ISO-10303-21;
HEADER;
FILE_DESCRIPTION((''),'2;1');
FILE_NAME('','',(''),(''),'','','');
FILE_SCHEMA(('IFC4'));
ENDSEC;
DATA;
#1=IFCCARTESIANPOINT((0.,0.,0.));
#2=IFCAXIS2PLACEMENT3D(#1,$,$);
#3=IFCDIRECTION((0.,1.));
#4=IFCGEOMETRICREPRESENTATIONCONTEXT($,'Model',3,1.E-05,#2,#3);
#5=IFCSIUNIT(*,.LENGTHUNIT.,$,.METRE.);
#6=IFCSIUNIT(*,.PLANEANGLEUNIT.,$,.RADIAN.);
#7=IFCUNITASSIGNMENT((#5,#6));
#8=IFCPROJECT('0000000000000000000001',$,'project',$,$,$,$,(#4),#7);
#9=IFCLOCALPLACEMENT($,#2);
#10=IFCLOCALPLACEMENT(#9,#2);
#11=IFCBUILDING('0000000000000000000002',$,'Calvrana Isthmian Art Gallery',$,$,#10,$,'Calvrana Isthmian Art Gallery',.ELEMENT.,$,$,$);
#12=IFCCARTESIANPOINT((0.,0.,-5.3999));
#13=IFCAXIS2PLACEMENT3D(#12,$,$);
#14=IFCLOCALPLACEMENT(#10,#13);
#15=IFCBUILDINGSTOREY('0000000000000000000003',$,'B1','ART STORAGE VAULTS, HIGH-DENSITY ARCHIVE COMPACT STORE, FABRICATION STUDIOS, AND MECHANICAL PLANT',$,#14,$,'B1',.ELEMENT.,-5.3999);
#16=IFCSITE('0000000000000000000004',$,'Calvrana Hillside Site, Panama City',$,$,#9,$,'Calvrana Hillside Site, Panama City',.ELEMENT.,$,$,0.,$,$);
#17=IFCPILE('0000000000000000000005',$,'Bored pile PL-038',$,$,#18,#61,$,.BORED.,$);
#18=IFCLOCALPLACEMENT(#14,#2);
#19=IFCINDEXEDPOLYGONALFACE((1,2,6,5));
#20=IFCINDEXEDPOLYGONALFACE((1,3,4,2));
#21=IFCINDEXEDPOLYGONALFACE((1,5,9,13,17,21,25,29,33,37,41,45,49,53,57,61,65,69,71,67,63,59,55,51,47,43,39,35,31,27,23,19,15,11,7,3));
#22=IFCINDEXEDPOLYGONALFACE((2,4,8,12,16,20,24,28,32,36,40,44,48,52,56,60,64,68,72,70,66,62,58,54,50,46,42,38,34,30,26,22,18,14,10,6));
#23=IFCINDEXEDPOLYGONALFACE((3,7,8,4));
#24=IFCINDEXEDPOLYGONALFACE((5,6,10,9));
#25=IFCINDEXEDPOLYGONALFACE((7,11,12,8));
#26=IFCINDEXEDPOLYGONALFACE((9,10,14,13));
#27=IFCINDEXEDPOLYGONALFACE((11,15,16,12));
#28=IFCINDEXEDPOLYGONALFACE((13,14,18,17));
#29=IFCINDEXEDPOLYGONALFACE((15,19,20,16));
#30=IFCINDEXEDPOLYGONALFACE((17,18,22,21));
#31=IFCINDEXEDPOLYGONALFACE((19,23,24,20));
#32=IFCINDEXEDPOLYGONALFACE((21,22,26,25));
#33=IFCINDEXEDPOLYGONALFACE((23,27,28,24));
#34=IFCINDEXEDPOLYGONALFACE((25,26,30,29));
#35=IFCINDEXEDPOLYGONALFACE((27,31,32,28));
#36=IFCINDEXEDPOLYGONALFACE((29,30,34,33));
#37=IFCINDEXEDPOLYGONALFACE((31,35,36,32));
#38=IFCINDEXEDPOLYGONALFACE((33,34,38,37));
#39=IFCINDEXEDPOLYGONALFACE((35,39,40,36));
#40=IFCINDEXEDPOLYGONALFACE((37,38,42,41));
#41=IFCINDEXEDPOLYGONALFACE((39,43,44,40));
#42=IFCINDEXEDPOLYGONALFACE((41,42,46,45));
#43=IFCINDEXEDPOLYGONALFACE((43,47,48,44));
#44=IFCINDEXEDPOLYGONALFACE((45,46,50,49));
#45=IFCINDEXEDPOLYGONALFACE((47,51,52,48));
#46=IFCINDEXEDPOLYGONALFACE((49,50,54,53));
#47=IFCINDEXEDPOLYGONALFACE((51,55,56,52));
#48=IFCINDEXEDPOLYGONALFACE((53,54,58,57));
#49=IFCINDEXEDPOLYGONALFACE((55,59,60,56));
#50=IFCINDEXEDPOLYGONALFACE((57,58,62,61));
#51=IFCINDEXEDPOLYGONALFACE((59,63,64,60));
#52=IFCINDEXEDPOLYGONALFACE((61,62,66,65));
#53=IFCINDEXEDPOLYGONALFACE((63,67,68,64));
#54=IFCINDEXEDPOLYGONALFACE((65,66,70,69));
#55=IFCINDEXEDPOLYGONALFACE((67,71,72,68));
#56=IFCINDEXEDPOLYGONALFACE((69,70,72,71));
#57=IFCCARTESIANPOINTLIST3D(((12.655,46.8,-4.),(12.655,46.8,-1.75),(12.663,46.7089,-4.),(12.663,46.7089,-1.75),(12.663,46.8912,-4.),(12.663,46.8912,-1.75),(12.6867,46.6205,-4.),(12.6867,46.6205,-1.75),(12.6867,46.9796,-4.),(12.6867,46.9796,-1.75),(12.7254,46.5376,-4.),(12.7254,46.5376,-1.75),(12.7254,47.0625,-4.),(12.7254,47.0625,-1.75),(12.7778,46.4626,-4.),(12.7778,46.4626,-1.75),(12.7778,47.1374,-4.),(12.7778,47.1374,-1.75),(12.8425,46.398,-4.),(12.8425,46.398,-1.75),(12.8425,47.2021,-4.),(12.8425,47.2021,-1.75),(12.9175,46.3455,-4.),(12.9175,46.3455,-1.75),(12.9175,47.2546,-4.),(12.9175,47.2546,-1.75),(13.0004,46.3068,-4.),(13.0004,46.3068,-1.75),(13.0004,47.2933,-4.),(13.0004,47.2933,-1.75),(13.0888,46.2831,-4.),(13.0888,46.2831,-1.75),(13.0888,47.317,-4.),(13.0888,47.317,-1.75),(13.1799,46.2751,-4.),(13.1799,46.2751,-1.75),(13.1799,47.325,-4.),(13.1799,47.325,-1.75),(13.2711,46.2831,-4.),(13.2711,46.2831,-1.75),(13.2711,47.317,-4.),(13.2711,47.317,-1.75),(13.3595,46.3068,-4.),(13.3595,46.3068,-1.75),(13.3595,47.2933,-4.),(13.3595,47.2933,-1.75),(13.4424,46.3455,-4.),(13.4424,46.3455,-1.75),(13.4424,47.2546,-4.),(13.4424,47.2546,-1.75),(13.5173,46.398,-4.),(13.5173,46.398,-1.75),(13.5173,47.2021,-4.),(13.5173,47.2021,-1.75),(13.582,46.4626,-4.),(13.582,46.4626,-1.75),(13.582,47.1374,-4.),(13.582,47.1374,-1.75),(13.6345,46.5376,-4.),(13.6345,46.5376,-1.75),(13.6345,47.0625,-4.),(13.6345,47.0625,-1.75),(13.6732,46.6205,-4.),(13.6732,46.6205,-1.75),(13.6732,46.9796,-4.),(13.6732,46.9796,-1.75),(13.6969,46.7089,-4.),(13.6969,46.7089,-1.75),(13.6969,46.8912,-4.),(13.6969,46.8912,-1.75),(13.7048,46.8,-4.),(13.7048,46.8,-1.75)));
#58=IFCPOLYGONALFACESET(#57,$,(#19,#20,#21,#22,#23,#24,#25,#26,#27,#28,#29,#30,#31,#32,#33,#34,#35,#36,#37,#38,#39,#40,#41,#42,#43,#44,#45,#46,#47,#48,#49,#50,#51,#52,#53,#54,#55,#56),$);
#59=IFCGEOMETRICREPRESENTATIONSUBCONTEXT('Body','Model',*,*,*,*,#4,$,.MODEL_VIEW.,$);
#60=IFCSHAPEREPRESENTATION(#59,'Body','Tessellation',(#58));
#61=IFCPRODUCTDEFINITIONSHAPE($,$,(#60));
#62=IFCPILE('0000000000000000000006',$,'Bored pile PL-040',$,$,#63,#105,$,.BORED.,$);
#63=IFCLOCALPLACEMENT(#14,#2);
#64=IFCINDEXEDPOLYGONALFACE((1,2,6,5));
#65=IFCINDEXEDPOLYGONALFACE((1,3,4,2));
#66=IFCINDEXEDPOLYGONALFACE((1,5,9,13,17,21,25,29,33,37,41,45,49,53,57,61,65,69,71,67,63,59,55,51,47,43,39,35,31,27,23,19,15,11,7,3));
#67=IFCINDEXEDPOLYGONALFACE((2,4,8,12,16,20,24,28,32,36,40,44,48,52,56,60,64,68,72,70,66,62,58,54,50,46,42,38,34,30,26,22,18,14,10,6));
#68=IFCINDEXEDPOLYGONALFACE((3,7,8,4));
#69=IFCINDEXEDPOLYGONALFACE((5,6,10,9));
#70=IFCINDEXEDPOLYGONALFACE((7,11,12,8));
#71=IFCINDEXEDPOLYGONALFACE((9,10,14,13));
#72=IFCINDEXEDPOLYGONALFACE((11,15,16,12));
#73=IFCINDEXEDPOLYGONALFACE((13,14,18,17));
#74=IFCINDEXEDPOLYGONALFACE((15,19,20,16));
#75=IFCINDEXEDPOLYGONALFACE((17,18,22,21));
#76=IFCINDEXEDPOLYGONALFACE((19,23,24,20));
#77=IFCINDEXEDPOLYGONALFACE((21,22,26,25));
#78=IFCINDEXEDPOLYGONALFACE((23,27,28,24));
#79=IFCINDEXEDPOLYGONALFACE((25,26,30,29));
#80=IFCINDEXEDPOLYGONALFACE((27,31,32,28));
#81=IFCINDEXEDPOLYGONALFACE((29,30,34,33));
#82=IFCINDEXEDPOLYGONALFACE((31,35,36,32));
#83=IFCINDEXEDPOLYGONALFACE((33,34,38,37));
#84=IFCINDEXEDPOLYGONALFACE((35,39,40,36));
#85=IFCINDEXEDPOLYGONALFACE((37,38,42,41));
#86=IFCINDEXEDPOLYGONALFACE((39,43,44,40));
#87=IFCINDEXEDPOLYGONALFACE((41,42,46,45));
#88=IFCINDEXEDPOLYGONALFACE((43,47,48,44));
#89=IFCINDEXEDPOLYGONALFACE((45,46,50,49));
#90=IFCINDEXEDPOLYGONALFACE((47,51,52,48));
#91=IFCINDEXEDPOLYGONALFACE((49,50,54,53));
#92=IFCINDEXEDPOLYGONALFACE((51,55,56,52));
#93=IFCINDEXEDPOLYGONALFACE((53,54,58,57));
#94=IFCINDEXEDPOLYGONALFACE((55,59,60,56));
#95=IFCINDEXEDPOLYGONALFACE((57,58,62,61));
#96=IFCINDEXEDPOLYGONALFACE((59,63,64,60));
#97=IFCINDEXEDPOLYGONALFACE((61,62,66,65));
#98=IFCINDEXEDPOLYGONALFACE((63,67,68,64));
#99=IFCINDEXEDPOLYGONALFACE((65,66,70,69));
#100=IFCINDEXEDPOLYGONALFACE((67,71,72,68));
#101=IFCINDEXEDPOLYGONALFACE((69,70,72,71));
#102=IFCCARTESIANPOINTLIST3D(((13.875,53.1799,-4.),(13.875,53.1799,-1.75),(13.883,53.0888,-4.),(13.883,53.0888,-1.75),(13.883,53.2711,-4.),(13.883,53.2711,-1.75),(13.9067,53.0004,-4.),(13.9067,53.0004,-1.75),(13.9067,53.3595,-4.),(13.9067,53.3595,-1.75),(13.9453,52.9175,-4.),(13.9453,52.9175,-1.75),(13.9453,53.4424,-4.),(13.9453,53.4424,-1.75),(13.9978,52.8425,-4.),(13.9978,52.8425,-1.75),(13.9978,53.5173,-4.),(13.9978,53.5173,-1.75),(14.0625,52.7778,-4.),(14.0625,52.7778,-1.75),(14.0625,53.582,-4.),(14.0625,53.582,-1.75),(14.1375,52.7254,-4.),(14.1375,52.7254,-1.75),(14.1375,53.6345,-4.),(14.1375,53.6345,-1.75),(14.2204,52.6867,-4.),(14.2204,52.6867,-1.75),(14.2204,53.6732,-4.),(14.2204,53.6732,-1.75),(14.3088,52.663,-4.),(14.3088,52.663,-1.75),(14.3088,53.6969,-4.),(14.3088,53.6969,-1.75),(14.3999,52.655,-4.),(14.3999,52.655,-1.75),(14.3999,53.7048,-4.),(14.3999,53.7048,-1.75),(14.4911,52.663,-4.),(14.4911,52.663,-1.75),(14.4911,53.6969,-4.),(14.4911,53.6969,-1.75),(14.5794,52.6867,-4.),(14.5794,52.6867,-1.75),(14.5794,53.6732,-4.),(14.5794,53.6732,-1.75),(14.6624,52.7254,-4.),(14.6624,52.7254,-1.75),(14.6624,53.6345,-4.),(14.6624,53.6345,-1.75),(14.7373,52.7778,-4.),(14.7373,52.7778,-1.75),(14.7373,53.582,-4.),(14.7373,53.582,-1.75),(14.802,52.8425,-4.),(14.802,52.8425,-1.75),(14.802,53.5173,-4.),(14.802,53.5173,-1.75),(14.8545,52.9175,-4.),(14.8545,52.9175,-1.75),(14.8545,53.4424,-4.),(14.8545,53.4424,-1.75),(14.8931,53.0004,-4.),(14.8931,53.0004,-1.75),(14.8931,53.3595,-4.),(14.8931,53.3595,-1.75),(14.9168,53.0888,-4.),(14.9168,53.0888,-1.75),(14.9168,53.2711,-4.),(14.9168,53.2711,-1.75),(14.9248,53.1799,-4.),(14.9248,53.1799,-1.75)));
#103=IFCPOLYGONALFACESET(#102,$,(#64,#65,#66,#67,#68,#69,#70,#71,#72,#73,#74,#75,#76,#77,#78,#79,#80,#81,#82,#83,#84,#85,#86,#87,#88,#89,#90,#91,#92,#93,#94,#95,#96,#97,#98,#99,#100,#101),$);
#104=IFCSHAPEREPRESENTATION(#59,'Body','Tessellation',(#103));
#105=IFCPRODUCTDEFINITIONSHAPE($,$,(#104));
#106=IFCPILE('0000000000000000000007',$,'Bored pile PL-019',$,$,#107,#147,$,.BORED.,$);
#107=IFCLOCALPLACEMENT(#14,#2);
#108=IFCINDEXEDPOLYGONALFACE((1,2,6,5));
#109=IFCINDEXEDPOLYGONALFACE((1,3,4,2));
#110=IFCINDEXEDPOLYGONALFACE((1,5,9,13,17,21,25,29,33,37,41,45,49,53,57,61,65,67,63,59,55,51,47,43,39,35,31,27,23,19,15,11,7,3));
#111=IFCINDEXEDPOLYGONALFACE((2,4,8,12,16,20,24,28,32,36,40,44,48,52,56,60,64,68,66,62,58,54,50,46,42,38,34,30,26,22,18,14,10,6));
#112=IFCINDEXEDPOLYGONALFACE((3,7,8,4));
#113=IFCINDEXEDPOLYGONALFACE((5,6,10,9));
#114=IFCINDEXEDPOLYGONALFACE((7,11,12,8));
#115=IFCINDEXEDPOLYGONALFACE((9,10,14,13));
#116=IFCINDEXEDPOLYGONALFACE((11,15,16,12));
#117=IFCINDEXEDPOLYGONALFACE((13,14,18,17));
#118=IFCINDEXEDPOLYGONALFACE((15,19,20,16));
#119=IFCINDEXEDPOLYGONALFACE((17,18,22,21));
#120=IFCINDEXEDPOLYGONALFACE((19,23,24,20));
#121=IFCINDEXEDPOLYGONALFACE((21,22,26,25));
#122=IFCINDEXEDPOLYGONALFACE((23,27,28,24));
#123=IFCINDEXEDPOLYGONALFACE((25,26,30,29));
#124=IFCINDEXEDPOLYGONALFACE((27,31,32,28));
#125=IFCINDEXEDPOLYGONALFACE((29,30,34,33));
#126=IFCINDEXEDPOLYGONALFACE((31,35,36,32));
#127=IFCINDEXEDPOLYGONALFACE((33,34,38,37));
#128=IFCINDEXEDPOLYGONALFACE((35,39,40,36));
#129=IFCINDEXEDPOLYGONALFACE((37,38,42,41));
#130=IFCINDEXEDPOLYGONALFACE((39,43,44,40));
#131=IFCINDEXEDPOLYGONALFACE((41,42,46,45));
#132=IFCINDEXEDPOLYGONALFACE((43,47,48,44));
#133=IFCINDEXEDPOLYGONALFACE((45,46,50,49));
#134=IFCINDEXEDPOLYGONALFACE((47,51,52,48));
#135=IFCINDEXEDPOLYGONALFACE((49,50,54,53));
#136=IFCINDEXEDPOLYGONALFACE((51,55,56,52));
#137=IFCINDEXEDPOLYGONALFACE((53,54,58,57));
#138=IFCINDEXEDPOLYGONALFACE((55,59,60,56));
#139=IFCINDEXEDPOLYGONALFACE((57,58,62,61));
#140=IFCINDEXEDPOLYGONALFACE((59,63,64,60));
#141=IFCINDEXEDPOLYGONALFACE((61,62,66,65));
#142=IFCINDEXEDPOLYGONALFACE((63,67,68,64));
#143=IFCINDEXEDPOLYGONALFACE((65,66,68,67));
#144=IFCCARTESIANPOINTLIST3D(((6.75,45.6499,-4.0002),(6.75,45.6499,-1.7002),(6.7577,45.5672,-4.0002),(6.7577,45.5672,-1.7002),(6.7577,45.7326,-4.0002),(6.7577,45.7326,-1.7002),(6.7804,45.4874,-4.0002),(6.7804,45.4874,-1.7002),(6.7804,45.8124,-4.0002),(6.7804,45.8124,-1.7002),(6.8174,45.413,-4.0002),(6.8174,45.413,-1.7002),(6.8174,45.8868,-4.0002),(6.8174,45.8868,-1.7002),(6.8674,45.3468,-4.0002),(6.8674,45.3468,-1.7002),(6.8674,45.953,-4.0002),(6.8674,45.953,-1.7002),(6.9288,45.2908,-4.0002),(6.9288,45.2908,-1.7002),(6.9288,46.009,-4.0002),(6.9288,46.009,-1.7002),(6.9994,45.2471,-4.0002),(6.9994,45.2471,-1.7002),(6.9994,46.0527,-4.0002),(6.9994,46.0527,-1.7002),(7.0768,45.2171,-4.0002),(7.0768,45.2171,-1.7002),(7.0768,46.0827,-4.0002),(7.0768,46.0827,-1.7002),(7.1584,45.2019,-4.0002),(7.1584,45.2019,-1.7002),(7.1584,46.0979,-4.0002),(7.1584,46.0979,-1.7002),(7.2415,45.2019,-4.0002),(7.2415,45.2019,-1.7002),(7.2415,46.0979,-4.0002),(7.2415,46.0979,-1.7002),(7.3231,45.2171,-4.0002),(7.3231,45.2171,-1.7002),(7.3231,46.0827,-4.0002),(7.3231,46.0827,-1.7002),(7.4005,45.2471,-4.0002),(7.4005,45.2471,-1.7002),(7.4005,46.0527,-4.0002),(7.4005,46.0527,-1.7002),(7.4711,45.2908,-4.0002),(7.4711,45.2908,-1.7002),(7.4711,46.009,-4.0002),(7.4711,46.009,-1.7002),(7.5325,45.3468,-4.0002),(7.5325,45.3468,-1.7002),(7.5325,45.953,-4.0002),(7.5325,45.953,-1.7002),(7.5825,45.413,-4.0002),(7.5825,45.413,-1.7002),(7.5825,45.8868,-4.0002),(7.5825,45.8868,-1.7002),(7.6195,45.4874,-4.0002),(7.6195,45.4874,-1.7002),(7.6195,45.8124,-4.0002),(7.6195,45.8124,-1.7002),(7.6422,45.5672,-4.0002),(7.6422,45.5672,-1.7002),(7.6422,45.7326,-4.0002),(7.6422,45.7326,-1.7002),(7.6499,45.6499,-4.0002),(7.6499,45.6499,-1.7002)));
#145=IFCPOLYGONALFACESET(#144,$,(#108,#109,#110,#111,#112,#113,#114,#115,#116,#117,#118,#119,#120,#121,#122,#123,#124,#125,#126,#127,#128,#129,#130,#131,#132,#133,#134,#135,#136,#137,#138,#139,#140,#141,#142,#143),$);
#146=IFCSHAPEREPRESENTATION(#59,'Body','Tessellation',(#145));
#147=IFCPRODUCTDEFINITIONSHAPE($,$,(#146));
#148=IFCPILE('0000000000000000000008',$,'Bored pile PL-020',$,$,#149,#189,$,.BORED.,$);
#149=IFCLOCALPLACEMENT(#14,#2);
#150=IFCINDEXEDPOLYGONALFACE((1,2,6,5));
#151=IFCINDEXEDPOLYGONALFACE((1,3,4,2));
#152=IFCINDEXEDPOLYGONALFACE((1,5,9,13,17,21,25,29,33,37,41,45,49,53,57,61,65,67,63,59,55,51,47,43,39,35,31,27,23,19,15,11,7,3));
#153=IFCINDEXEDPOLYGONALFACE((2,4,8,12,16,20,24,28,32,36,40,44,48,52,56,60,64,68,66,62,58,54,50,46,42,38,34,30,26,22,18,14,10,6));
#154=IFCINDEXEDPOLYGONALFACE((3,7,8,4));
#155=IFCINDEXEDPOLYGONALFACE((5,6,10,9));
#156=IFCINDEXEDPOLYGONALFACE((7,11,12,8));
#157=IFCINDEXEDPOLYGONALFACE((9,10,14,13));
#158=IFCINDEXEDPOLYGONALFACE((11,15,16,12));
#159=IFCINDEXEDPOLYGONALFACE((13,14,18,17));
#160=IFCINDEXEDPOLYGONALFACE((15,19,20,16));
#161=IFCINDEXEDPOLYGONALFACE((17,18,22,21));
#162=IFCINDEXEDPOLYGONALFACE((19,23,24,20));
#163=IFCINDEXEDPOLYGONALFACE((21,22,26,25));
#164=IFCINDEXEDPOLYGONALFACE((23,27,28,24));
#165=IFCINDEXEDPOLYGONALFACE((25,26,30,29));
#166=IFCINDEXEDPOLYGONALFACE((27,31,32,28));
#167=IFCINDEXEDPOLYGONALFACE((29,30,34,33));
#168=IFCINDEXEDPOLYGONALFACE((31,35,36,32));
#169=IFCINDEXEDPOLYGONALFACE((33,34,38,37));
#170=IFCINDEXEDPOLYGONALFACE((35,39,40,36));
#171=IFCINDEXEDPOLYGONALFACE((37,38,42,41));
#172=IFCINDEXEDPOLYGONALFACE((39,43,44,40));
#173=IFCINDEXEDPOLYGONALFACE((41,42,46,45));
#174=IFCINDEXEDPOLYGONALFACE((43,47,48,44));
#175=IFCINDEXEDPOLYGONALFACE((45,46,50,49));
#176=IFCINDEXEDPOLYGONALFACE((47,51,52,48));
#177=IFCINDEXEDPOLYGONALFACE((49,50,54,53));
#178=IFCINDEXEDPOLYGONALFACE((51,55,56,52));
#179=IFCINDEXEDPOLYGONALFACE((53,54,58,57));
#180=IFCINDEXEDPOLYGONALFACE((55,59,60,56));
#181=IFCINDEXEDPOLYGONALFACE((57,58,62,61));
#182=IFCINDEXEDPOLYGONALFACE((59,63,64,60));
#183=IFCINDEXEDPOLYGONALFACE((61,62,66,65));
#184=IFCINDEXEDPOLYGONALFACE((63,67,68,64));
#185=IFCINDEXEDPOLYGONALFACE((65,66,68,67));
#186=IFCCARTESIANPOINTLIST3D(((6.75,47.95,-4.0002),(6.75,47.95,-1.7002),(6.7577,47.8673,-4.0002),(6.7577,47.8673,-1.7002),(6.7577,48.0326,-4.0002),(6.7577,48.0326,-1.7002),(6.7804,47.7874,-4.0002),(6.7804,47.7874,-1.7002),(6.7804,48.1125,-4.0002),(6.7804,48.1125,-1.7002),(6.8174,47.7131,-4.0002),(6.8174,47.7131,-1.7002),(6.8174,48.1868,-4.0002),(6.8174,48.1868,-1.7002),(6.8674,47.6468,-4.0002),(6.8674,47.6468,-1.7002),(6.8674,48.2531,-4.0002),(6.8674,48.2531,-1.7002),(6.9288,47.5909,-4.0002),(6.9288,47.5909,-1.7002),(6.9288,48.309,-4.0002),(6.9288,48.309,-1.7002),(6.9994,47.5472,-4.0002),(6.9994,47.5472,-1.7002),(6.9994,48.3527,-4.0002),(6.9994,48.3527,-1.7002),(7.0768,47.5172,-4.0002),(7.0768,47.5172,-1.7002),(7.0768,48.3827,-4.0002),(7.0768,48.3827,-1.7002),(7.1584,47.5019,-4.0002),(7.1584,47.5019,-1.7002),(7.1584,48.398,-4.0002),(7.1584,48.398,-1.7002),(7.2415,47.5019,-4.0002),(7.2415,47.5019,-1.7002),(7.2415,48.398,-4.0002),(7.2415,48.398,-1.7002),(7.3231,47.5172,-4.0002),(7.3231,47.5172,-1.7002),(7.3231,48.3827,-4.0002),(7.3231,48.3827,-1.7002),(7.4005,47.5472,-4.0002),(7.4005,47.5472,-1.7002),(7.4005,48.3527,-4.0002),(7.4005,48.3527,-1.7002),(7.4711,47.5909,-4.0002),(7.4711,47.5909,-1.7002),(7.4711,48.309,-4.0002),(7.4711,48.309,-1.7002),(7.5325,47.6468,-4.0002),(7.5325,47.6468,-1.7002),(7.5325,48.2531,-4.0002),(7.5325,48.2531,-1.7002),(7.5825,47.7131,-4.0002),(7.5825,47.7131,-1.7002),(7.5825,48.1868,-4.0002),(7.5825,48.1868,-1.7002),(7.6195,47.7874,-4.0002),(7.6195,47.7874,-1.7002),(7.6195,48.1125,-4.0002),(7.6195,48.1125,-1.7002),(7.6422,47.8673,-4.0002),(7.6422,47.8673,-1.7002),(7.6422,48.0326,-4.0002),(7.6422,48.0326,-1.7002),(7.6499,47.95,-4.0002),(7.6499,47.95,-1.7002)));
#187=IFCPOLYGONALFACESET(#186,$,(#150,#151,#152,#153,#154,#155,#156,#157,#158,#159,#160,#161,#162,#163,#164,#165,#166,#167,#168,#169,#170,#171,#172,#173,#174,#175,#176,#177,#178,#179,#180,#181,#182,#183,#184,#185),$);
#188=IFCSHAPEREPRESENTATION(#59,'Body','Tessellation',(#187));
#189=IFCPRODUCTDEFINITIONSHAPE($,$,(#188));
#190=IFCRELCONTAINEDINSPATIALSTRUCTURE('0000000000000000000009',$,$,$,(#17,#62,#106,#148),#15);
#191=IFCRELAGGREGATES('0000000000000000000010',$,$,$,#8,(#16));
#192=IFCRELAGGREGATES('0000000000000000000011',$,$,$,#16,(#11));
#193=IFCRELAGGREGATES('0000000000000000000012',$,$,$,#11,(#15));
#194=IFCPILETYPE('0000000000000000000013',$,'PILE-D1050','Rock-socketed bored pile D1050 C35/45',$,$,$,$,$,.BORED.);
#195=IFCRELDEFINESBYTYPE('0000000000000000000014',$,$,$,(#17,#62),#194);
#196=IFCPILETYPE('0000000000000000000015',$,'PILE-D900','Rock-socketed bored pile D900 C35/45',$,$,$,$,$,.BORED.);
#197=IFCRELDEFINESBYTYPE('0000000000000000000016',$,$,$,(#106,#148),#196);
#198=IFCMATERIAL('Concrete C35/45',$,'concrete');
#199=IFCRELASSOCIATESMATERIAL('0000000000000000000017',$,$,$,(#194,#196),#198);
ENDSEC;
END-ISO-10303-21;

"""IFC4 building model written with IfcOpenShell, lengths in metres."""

from ifc_helpers import new_model, si_unit, direction, frame, origin, origin_2d, place, context, subcontext, project, spatial, circle, extrude, material, material_profile, profile_set, type_object, element, save


model = new_model("IFC4")

# Units and contexts
model_context = context("Model", 3, precision=1e-05, world=origin(), true_north=direction((0.0, 1.0)))
body_context = subcontext(model_context, "Body", "Model", "MODEL_VIEW")
ifc_project = project(units=[si_unit("LENGTHUNIT", "METRE"), si_unit("PLANEANGLEUNIT", "RADIAN")], contexts=[model_context])

# Site, building, storey
site_placement = place(None, origin())
site = spatial("IfcSite", under=ifc_project, at=site_placement, Name="Calvrana Hillside Site, Panama City", LongName="Calvrana Hillside Site, Panama City", CompositionType="ELEMENT", RefElevation=0.0)
building_placement = place(site_placement, origin())
building = spatial("IfcBuilding", under=site, at=building_placement, Name="Calvrana Isthmian Art Gallery", LongName="Calvrana Isthmian Art Gallery", CompositionType="ELEMENT")
storey_placement = place(building_placement, frame((0.0, 0.0, -5.3999)))
storey = spatial("IfcBuildingStorey", under=building, at=storey_placement, Name="B1", Description="ART STORAGE VAULTS, HIGH-DENSITY ARCHIVE COMPACT STORE, FABRICATION STUDIOS, AND MECHANICAL PLANT", LongName="B1", CompositionType="ELEMENT", Elevation=-5.3999)

# Shared definitions
ifc_material_1 = material(Name="Concrete C35/45", Category="concrete")

# Piles
ifc_material_profile_1 = material_profile(ifc_material_1, circle(Radius=0.5249, at=origin_2d()), Name="PILE1050D")
ifc_profile_set_1 = profile_set([ifc_material_profile_1], Name="Concrete C35/45")
pile_type_1 = type_object("IfcPileType", Name="PILE-D1050", Description="Rock-socketed bored pile D1050 C35/45", PredefinedType="BORED", material=ifc_profile_set_1)
for number, where, z_axis, x_axis, name in (
    (1, (13.1799, 46.8, -1.75), (0.0, 0.0, -1.0), (1.0, 0.0, 0.0), "Bored pile PL-038"),
    (2, (14.3999, 53.1799, -1.75), (0.0, 0.0, -1.0), (1.0, 0.0, 0.0), "Bored pile PL-040"),
):
    element("IfcPile", number, at=place(storey_placement, frame(where, z_axis=z_axis, x_axis=x_axis)), inside=storey, type_object=pile_type_1, Name=name, PredefinedType="BORED", context=body_context, shape_type="SweptSolid", body=[
        extrude(circle(Radius=0.5249, at=origin_2d()), origin(), (0.0, 0.0, 1.0), 2.25),
    ])
ifc_material_profile_2 = material_profile(ifc_material_1, circle(Radius=0.45, at=origin_2d()), Name="PILE900D")
ifc_profile_set_2 = profile_set([ifc_material_profile_2], Name="Concrete C35/45")
pile_type_2 = type_object("IfcPileType", Name="PILE-D900", Description="Rock-socketed bored pile D900 C35/45", PredefinedType="BORED", material=ifc_profile_set_2)
for number, where, z_axis, x_axis, name in (
    (3, (7.2, 45.6499, -1.7002), (0.0, 0.0, -1.0), (1.0, 0.0, 0.0), "Bored pile PL-019"),
    (4, (7.2, 47.95, -1.7002), (0.0, 0.0, -1.0), (1.0, 0.0, 0.0), "Bored pile PL-020"),
):
    element("IfcPile", number, at=place(storey_placement, frame(where, z_axis=z_axis, x_axis=x_axis)), inside=storey, type_object=pile_type_2, Name=name, PredefinedType="BORED", context=body_context, shape_type="SweptSolid", body=[
        extrude(circle(Radius=0.45, at=origin_2d()), origin(), (0.0, 0.0, 1.0), 2.3),
    ])

save(model, "model.ifc")
